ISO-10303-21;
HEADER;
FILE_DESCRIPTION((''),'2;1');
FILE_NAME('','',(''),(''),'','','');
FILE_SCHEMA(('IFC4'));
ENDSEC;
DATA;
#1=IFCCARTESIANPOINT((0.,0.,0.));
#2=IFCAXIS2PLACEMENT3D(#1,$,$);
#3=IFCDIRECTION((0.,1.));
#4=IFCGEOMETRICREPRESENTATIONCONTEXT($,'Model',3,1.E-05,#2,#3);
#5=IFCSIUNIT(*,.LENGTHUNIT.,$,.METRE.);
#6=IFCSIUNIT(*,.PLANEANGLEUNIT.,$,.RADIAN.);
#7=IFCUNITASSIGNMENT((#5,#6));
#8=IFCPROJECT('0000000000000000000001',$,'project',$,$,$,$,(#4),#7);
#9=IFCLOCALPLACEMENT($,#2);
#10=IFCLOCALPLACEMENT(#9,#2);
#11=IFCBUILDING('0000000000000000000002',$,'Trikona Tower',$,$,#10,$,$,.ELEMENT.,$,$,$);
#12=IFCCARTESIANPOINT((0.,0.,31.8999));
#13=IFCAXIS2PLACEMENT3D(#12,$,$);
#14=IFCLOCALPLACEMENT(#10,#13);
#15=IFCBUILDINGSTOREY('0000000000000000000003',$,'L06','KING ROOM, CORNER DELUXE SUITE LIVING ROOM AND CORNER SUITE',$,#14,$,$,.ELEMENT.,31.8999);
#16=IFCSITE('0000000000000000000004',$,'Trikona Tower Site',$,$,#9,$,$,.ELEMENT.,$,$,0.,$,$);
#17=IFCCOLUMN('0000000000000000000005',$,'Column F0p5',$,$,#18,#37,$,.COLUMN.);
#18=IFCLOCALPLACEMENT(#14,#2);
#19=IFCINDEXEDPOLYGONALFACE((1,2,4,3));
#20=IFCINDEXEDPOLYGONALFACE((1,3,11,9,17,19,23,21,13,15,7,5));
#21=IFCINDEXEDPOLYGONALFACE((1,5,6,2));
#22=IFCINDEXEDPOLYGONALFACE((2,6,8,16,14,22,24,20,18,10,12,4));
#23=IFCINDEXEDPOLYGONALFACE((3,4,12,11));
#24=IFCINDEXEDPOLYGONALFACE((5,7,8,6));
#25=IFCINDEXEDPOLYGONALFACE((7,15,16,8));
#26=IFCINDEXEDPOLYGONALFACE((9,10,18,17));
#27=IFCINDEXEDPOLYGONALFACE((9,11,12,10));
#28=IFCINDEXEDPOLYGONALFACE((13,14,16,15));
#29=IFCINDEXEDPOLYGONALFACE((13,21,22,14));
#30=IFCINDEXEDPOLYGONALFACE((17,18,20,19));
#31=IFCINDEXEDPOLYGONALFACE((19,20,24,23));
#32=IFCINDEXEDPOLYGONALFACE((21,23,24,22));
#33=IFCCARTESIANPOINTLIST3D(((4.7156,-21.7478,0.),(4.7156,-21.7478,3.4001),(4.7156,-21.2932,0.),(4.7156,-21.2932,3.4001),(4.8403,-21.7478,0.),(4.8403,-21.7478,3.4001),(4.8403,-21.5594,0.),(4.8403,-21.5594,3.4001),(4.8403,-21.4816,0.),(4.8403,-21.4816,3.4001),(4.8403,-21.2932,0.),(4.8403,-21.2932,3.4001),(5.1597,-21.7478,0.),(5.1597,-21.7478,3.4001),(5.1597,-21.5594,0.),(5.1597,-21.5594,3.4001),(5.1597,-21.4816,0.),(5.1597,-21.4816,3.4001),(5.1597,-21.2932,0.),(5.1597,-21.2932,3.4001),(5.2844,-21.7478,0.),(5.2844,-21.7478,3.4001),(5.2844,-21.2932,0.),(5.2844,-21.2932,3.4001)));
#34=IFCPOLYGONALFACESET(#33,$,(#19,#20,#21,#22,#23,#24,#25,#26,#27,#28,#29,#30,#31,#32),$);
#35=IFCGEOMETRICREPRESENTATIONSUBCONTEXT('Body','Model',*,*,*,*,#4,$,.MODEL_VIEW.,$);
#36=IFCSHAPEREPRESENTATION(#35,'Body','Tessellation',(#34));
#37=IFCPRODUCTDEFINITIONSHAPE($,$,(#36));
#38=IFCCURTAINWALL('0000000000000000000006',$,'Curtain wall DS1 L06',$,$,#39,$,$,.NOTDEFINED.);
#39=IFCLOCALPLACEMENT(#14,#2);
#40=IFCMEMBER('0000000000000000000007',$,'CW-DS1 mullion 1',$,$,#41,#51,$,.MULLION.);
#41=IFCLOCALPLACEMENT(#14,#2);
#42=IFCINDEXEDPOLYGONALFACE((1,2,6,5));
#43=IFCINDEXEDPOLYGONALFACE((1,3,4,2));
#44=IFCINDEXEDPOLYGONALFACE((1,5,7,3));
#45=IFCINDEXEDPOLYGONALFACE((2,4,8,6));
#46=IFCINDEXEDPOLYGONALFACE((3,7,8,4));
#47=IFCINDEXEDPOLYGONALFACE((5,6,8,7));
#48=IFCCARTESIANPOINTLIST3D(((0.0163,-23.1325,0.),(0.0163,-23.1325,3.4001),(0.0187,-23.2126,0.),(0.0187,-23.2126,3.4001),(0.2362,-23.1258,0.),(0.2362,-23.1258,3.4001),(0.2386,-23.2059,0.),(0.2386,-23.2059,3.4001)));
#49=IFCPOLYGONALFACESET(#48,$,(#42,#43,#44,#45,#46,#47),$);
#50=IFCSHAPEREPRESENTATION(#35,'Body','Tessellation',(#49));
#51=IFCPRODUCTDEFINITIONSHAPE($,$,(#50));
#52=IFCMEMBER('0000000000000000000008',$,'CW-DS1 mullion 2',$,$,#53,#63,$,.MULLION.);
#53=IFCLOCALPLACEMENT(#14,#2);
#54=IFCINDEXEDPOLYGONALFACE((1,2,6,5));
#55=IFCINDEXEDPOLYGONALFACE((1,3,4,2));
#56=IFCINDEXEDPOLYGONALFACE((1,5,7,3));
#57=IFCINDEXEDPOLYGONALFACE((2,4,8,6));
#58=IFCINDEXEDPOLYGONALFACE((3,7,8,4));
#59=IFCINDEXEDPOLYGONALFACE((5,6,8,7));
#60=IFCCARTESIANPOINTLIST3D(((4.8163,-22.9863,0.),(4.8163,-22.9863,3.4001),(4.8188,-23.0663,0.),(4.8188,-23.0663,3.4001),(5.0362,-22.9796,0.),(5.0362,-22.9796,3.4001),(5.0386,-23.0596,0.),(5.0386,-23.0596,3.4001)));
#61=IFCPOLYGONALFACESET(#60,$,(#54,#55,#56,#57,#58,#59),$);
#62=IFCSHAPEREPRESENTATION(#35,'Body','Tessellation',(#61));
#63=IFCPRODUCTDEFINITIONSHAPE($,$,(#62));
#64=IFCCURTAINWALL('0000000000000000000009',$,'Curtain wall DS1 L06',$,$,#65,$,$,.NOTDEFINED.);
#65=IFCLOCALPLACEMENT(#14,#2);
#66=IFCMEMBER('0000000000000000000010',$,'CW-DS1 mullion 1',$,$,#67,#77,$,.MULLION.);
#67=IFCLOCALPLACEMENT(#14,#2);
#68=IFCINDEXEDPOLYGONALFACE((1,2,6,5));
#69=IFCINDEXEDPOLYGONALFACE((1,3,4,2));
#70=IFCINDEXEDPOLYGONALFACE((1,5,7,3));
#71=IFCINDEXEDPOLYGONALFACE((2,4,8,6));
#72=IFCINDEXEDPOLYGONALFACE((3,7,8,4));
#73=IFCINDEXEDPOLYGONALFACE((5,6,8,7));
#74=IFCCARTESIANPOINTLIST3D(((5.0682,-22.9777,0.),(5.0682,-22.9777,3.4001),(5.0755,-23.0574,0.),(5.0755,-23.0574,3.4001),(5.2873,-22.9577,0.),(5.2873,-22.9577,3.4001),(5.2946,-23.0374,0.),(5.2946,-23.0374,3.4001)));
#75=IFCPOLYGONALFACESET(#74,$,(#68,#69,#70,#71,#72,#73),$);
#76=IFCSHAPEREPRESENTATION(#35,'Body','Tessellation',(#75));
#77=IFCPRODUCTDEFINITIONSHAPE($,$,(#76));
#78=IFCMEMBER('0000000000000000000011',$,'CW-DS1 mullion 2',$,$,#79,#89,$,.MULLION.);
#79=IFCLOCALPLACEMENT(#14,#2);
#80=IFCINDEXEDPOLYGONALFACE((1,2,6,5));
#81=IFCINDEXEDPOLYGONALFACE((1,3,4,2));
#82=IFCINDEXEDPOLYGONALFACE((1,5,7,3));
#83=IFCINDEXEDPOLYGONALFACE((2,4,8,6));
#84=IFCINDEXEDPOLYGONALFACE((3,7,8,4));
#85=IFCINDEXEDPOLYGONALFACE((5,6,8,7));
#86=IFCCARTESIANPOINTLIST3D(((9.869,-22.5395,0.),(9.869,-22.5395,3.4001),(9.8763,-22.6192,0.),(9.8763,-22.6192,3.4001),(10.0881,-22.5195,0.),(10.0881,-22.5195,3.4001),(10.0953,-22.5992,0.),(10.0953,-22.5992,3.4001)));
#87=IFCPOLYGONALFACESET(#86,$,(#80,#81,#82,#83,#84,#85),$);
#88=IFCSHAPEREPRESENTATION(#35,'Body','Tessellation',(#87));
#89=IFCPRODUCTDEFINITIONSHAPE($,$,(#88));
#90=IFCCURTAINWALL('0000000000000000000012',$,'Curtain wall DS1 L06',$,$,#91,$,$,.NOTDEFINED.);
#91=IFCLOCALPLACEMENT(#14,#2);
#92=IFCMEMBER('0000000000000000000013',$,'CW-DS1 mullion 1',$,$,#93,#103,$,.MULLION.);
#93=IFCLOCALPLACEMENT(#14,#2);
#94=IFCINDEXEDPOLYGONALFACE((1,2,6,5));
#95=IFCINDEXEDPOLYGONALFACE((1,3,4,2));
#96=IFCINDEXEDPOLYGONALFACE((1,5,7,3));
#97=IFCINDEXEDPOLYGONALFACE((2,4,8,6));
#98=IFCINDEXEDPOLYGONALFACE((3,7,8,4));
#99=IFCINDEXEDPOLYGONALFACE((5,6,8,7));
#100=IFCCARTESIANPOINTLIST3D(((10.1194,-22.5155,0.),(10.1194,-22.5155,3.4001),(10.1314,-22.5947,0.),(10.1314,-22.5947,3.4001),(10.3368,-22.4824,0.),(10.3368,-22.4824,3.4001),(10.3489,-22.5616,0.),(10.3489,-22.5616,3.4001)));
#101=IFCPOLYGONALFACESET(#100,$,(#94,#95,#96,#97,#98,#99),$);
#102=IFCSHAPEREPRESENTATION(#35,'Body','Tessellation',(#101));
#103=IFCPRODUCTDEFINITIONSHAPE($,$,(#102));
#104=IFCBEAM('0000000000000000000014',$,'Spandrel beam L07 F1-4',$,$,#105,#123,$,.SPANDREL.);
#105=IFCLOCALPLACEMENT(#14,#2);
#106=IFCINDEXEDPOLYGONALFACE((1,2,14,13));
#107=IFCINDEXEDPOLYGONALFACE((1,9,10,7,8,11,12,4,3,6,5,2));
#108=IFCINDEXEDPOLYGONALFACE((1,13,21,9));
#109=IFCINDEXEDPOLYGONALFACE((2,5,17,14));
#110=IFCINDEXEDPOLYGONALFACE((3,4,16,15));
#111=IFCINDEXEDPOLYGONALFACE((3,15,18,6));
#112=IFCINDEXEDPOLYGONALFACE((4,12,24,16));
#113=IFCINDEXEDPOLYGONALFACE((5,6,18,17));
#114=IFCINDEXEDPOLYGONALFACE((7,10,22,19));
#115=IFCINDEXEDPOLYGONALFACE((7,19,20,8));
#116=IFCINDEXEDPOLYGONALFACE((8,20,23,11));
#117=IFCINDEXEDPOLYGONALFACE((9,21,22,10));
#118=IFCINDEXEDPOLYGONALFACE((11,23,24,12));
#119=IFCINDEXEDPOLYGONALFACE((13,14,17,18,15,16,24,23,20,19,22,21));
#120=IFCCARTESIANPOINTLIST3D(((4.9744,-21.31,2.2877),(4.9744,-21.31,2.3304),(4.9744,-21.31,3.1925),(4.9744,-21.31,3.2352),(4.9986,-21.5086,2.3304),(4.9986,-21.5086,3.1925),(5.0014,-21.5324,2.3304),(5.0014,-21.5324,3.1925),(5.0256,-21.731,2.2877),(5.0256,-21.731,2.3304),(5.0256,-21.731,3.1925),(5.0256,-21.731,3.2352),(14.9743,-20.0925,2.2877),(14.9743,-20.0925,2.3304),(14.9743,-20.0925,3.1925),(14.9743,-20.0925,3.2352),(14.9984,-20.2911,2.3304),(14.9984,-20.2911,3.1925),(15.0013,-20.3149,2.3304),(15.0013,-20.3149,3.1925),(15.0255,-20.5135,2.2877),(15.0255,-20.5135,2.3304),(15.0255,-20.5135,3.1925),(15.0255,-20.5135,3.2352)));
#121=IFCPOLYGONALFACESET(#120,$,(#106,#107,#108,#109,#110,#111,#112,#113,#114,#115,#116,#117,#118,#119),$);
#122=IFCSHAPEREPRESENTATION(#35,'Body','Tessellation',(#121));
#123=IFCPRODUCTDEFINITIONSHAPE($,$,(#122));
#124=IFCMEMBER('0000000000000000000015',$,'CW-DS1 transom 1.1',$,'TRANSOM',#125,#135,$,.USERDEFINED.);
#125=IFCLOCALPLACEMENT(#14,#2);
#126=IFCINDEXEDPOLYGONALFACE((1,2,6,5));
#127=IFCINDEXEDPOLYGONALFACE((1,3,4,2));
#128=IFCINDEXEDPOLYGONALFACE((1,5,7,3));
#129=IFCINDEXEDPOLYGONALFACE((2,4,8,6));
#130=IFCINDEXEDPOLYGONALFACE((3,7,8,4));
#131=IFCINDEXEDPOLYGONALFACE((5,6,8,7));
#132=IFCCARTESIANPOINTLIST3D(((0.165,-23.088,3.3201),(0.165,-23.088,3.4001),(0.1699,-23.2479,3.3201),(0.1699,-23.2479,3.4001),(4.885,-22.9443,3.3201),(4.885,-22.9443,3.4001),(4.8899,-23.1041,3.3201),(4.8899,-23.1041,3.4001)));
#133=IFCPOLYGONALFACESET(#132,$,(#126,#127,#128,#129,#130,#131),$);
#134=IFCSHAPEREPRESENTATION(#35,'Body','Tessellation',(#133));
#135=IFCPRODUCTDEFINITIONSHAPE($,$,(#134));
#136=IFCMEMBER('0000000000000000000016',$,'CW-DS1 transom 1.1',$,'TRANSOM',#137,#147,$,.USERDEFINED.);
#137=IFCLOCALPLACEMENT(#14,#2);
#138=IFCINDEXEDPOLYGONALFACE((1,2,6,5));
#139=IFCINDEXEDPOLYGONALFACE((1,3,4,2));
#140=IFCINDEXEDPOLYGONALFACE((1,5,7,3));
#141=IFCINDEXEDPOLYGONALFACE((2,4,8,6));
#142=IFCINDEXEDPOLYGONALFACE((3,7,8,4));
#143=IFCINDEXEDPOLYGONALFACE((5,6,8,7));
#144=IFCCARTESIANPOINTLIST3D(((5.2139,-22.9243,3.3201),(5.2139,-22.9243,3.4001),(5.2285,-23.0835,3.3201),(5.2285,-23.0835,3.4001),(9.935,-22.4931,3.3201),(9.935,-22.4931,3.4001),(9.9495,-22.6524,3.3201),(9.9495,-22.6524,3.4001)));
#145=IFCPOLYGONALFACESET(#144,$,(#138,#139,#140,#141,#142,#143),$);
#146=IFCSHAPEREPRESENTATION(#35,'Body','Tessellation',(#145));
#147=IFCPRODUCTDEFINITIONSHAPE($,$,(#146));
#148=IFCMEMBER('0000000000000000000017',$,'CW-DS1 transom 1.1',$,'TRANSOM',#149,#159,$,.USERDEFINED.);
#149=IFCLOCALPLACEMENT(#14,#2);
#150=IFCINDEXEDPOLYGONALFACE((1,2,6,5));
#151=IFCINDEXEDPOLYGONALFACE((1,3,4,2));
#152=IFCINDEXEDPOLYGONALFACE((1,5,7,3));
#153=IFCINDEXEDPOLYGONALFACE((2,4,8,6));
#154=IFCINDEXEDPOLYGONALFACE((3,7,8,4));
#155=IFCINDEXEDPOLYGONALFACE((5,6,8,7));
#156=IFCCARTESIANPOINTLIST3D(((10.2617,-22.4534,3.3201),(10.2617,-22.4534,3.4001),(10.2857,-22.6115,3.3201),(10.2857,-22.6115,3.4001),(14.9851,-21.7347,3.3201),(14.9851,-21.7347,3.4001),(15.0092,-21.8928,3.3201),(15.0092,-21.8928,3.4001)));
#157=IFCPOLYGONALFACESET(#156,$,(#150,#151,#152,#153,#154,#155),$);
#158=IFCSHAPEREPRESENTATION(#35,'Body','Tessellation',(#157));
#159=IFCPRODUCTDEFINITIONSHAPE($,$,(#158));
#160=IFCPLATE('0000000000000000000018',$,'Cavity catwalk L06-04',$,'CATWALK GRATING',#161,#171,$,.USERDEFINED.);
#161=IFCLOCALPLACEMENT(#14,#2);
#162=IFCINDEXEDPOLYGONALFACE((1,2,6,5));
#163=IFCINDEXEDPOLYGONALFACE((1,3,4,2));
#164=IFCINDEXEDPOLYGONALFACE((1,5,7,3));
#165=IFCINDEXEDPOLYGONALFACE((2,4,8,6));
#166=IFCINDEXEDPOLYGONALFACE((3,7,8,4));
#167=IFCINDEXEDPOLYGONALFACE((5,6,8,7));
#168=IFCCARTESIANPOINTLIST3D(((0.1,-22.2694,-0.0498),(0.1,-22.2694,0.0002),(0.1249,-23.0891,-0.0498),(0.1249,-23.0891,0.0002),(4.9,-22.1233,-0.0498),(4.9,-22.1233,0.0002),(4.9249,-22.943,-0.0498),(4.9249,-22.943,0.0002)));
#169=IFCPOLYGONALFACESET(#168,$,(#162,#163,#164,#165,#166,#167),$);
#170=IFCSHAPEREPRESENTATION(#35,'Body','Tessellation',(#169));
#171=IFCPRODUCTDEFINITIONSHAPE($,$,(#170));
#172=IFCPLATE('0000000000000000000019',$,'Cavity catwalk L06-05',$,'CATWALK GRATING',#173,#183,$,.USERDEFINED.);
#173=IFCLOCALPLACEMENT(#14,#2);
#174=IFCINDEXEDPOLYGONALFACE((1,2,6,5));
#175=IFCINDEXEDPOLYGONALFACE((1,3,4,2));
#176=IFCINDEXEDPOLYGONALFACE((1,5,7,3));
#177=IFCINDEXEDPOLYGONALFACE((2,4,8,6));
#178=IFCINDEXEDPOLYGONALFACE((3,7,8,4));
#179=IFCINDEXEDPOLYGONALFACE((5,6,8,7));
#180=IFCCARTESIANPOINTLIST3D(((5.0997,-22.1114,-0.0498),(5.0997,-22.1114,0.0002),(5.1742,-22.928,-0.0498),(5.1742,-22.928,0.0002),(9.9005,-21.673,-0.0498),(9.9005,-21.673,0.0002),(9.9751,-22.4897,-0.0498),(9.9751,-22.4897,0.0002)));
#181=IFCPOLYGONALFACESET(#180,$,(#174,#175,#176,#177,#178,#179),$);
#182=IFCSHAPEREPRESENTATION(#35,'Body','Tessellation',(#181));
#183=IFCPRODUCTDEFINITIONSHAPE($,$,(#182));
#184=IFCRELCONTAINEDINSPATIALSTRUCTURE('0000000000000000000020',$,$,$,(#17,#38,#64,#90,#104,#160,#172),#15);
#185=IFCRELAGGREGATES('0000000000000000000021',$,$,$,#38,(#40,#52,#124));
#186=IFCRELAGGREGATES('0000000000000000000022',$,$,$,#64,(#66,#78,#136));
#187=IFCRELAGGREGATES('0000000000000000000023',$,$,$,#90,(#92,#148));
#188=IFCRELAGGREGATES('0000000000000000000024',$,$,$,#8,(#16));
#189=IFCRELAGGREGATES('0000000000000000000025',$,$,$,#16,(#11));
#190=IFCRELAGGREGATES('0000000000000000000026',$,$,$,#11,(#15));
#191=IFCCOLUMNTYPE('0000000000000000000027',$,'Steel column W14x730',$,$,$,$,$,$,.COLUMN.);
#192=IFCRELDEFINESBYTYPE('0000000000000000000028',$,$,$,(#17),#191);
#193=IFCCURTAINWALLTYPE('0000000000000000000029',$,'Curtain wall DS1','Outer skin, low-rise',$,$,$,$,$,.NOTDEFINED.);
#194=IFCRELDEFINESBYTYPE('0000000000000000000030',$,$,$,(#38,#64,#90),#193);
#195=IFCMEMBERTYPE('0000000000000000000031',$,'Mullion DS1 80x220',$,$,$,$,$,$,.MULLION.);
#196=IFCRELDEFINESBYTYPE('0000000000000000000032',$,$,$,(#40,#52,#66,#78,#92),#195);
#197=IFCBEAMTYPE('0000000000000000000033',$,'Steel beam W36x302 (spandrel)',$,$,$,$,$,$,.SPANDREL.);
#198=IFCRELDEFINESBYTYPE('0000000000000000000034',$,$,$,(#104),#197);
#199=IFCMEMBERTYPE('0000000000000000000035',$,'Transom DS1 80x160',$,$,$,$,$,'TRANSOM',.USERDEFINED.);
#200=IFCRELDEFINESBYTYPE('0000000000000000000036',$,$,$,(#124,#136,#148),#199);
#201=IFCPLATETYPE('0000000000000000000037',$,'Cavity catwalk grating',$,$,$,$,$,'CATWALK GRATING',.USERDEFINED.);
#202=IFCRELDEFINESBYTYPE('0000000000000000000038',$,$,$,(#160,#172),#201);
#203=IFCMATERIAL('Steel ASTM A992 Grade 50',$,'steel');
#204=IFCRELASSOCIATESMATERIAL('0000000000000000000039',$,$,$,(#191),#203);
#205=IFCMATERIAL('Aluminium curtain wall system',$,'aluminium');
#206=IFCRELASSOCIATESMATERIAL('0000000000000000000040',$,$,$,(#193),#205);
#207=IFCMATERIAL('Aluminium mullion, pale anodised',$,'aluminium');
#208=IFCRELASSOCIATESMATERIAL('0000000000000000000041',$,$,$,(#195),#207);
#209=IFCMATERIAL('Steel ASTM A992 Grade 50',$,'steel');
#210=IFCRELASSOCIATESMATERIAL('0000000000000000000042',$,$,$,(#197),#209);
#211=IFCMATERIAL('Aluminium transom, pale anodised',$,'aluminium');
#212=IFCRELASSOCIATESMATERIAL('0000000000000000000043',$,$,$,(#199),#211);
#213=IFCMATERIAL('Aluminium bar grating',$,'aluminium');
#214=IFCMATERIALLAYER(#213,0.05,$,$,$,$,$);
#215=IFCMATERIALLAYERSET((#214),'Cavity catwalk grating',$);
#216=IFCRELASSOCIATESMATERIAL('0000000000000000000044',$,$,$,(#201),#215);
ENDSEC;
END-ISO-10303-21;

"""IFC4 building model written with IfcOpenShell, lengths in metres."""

from ifc_helpers import new_model, si_unit, direction, frame, origin, origin_2d, place, context, subcontext, project, spatial, rectangle, i_section, extrude, material, layer, layer_set, material_profile, profile_set, type_object, element, aggregate, save


model = new_model("IFC4")

# Units and contexts
model_context = context("Model", 3, precision=1e-05, world=origin(), true_north=direction((0.0, 1.0)))
body_context = subcontext(model_context, "Body", "Model", "MODEL_VIEW")
ifc_project = project(units=[si_unit("LENGTHUNIT", "METRE"), si_unit("PLANEANGLEUNIT", "RADIAN")], contexts=[model_context])

# Site, building, storey
site_placement = place(None, origin())
site = spatial("IfcSite", under=ifc_project, at=site_placement, Name="Trikona Tower Site", CompositionType="ELEMENT", RefElevation=0.0)
building_placement = place(site_placement, origin())
building = spatial("IfcBuilding", under=site, at=building_placement, Name="Trikona Tower", CompositionType="ELEMENT")
storey_placement = place(building_placement, frame((0.0, 0.0, 31.8999)))
storey = spatial("IfcBuildingStorey", under=building, at=storey_placement, Name="L06", Description="KING ROOM, CORNER DELUXE SUITE LIVING ROOM AND CORNER SUITE", CompositionType="ELEMENT", Elevation=31.8999)

# Column
ifc_material_1 = material(Name="Steel ASTM A992 Grade 50", Category="steel")
ifc_material_profile_1 = material_profile(ifc_material_1, i_section(OverallWidth=0.4546, OverallDepth=0.5688, WebThickness=0.0779, FlangeThickness=0.1248, at=origin_2d()), Name="W14X730")
ifc_profile_set_1 = profile_set([ifc_material_profile_1], Name="Steel ASTM A992 Grade 50")
column_type = type_object("IfcColumnType", Name="Steel column W14x730", PredefinedType="COLUMN", material=ifc_profile_set_1)
column_placement = place(storey_placement, frame((5.0, -21.5205, 0.0), z_axis=(0.0, 0.0, 1.0), x_axis=(0.0, -1.0, 0.0)))
element("IfcColumn", 1, at=column_placement, inside=storey, type_object=column_type, Name="Column F0p5", PredefinedType="COLUMN", context=body_context, shape_type="SweptSolid", body=[
    extrude(i_section(OverallWidth=0.4546, OverallDepth=0.5688, WebThickness=0.0779, FlangeThickness=0.1248, at=origin_2d()), origin(), (0.0, 0.0, 1.0), 3.4001),
])

# Curtain walls, members
ifc_material_2 = material(Name="Aluminium curtain wall system", Category="aluminium")
curtain_wall_type = type_object("IfcCurtainWallType", Name="Curtain wall DS1", Description="Outer skin, low-rise", PredefinedType="NOTDEFINED", material=ifc_material_2)
curtain_wall_1_placement = place(storey_placement, origin())
curtain_wall_1 = element("IfcCurtainWall", 2, at=curtain_wall_1_placement, inside=storey, type_object=curtain_wall_type, Name="Curtain wall DS1 L06", PredefinedType="NOTDEFINED")
ifc_material_3 = material(Name="Aluminium mullion, pale anodised", Category="aluminium")
ifc_material_profile_2 = material_profile(ifc_material_3, rectangle(XDim=0.0801, YDim=0.22, at=origin_2d()), Name="MUL-DS1")
ifc_profile_set_2 = profile_set([ifc_material_profile_2], Name="Aluminium mullion, pale anodised")
member_type_1 = type_object("IfcMemberType", Name="Mullion DS1 80x220", PredefinedType="MULLION", material=ifc_profile_set_2)
member_1_placement = place(storey_placement, frame((0.1274, -23.1692, 0.0), z_axis=(0.0, 0.0, 1.0), x_axis=(-0.030437, 0.999537, 0.0)))
member_1 = element("IfcMember", 3, at=member_1_placement, type_object=member_type_1, Name="CW-DS1 mullion 1", PredefinedType="MULLION", context=body_context, shape_type="SweptSolid", body=[
    extrude(rectangle(XDim=0.0801, YDim=0.22, at=origin_2d()), origin(), (0.0, 0.0, 1.0), 3.4001),
])
member_2_placement = place(storey_placement, frame((4.9275, -23.0229, 0.0), z_axis=(0.0, 0.0, 1.0), x_axis=(-0.030437, 0.999537, 0.0)))
member_2 = element("IfcMember", 4, at=member_2_placement, type_object=member_type_1, Name="CW-DS1 mullion 2", PredefinedType="MULLION", context=body_context, shape_type="SweptSolid", body=[
    extrude(rectangle(XDim=0.0801, YDim=0.22, at=origin_2d()), origin(), (0.0, 0.0, 1.0), 3.4001),
])
curtain_wall_2_placement = place(storey_placement, origin())
curtain_wall_2 = element("IfcCurtainWall", 5, at=curtain_wall_2_placement, inside=storey, type_object=curtain_wall_type, Name="Curtain wall DS1 L06", PredefinedType="NOTDEFINED")
member_3_placement = place(storey_placement, frame((5.1814, -23.0076, 0.0), z_axis=(0.0, 0.0, 1.0), x_axis=(-0.090924, 0.995858, 0.0)))
member_3 = element("IfcMember", 6, at=member_3_placement, type_object=member_type_1, Name="CW-DS1 mullion 1", PredefinedType="MULLION", context=body_context, shape_type="SweptSolid", body=[
    extrude(rectangle(XDim=0.0801, YDim=0.22, at=origin_2d()), origin(), (0.0, 0.0, 1.0), 3.4001),
])
member_4_placement = place(storey_placement, frame((9.9822, -22.5693, 0.0), z_axis=(0.0, 0.0, 1.0), x_axis=(-0.090924, 0.995858, 0.0)))
member_4 = element("IfcMember", 7, at=member_4_placement, type_object=member_type_1, Name="CW-DS1 mullion 2", PredefinedType="MULLION", context=body_context, shape_type="SweptSolid", body=[
    extrude(rectangle(XDim=0.0801, YDim=0.22, at=origin_2d()), origin(), (0.0, 0.0, 1.0), 3.4001),
])

# Curtain wall, member
curtain_wall_3_placement = place(storey_placement, origin())
curtain_wall_3 = element("IfcCurtainWall", 8, at=curtain_wall_3_placement, inside=storey, type_object=curtain_wall_type, Name="Curtain wall DS1 L06", PredefinedType="NOTDEFINED")
member_5_placement = place(storey_placement, frame((10.2341, -22.5386, 0.0), z_axis=(0.0, 0.0, 1.0), x_axis=(-0.150438, 0.988619, 0.0)))
member_5 = element("IfcMember", 9, at=member_5_placement, type_object=member_type_1, Name="CW-DS1 mullion 1", PredefinedType="MULLION", context=body_context, shape_type="SweptSolid", body=[
    extrude(rectangle(XDim=0.0801, YDim=0.22, at=origin_2d()), origin(), (0.0, 0.0, 1.0), 3.4001),
])

# Beam
ifc_material_4 = material(Name="Steel ASTM A992 Grade 50", Category="steel")
ifc_material_profile_3 = material_profile(ifc_material_4, i_section(OverallWidth=0.4241, OverallDepth=0.9475, WebThickness=0.0239, FlangeThickness=0.0427, at=origin_2d()), Name="W36X302")
ifc_profile_set_3 = profile_set([ifc_material_profile_3], Name="Steel ASTM A992 Grade 50")
beam_type = type_object("IfcBeamType", Name="Steel beam W36x302 (spandrel)", PredefinedType="SPANDREL", material=ifc_profile_set_3)
beam_placement = place(storey_placement, frame((5.0, -21.5205, 2.7615), z_axis=(0.99267, 0.12086, 0.0), x_axis=(-0.12086, 0.99267, 0.0)))
element("IfcBeam", 10, at=beam_placement, inside=storey, type_object=beam_type, Name="Spandrel beam L07 F1-4", PredefinedType="SPANDREL", context=body_context, shape_type="SweptSolid", body=[
    extrude(i_section(OverallWidth=0.4241, OverallDepth=0.9475, WebThickness=0.0239, FlangeThickness=0.0427, at=origin_2d()), origin(), (0.0, 0.0, 1.0), 10.0737),
])

# Members
ifc_material_5 = material(Name="Aluminium transom, pale anodised", Category="aluminium")
ifc_material_profile_4 = material_profile(ifc_material_5, rectangle(XDim=0.1599, YDim=0.0801, at=origin_2d()), Name="TRN-DS1")
ifc_profile_set_4 = profile_set([ifc_material_profile_4], Name="Aluminium transom, pale anodised")
member_type_2 = type_object("IfcMemberType", Name="Transom DS1 80x160", ElementType="TRANSOM", PredefinedType="USERDEFINED", material=ifc_profile_set_4)
member_6_placement = place(storey_placement, frame((0.1675, -23.168, 3.3601), z_axis=(0.999536, 0.030452, 0.0), x_axis=(-0.030452, 0.999536, 0.0)))
member_6 = element("IfcMember", 11, at=member_6_placement, type_object=member_type_2, Name="CW-DS1 transom 1.1", ObjectType="TRANSOM", PredefinedType="USERDEFINED", context=body_context, shape_type="SweptSolid", body=[
    extrude(rectangle(XDim=0.1599, YDim=0.0801, at=origin_2d()), origin(), (0.0, 0.0, 1.0), 4.7222),
])
member_7_placement = place(storey_placement, frame((5.2212, -23.0039, 3.3601), z_axis=(0.995856, 0.090944, 0.0), x_axis=(-0.090944, 0.995856, 0.0)))
member_7 = element("IfcMember", 12, at=member_7_placement, type_object=member_type_2, Name="CW-DS1 transom 1.1", ObjectType="TRANSOM", PredefinedType="USERDEFINED", context=body_context, shape_type="SweptSolid", body=[
    extrude(rectangle(XDim=0.1599, YDim=0.0801, at=origin_2d()), origin(), (0.0, 0.0, 1.0), 4.7407),
])
member_8_placement = place(storey_placement, frame((10.2737, -22.5325, 3.3601), z_axis=(0.98862, 0.150437, 0.0), x_axis=(-0.150437, 0.98862, 0.0)))
member_8 = element("IfcMember", 13, at=member_8_placement, type_object=member_type_2, Name="CW-DS1 transom 1.1", ObjectType="TRANSOM", PredefinedType="USERDEFINED", context=body_context, shape_type="SweptSolid", body=[
    extrude(rectangle(XDim=0.1599, YDim=0.0801, at=origin_2d()), origin(), (0.0, 0.0, 1.0), 4.7778),
])

# Plates
ifc_material_6 = material(Name="Aluminium bar grating", Category="aluminium")
ifc_layer_1 = layer(ifc_material_6, 0.05)
ifc_layer_set_1 = layer_set([ifc_layer_1], Name="Cavity catwalk grating")
plate_type_1 = type_object("IfcPlateType", Name="Cavity catwalk grating", ElementType="CATWALK GRATING", PredefinedType="USERDEFINED", material=ifc_layer_set_1)
plate_1_placement = place(storey_placement, frame((2.5125, -22.6062, -0.0498), z_axis=(0.0, 0.0, 1.0), x_axis=(0.999537, 0.030425, 0.0)))
element("IfcPlate", 14, at=plate_1_placement, inside=storey, type_object=plate_type_1, Name="Cavity catwalk L06-04", ObjectType="CATWALK GRATING", PredefinedType="USERDEFINED", context=body_context, shape_type="SweptSolid", body=[
    extrude(rectangle(XDim=4.8022, YDim=0.8201, at=origin_2d()), origin(), (0.0, 0.0, 1.0), 0.05),
])
plate_2_placement = place(storey_placement, frame((7.5374, -22.3005, -0.0498), z_axis=(0.0, 0.0, 1.0), x_axis=(0.995858, 0.090921, 0.0)))
element("IfcPlate", 15, at=plate_2_placement, inside=storey, type_object=plate_type_1, Name="Cavity catwalk L06-05", ObjectType="CATWALK GRATING", PredefinedType="USERDEFINED", context=body_context, shape_type="SweptSolid", body=[
    extrude(rectangle(XDim=4.8208, YDim=0.8201, at=origin_2d()), origin(), (0.0, 0.0, 1.0), 0.05),
])

aggregate(curtain_wall_1, [member_1, member_2, member_6])
aggregate(curtain_wall_2, [member_3, member_4, member_7])
aggregate(curtain_wall_3, [member_5, member_8])

save(model, "model.ifc")
